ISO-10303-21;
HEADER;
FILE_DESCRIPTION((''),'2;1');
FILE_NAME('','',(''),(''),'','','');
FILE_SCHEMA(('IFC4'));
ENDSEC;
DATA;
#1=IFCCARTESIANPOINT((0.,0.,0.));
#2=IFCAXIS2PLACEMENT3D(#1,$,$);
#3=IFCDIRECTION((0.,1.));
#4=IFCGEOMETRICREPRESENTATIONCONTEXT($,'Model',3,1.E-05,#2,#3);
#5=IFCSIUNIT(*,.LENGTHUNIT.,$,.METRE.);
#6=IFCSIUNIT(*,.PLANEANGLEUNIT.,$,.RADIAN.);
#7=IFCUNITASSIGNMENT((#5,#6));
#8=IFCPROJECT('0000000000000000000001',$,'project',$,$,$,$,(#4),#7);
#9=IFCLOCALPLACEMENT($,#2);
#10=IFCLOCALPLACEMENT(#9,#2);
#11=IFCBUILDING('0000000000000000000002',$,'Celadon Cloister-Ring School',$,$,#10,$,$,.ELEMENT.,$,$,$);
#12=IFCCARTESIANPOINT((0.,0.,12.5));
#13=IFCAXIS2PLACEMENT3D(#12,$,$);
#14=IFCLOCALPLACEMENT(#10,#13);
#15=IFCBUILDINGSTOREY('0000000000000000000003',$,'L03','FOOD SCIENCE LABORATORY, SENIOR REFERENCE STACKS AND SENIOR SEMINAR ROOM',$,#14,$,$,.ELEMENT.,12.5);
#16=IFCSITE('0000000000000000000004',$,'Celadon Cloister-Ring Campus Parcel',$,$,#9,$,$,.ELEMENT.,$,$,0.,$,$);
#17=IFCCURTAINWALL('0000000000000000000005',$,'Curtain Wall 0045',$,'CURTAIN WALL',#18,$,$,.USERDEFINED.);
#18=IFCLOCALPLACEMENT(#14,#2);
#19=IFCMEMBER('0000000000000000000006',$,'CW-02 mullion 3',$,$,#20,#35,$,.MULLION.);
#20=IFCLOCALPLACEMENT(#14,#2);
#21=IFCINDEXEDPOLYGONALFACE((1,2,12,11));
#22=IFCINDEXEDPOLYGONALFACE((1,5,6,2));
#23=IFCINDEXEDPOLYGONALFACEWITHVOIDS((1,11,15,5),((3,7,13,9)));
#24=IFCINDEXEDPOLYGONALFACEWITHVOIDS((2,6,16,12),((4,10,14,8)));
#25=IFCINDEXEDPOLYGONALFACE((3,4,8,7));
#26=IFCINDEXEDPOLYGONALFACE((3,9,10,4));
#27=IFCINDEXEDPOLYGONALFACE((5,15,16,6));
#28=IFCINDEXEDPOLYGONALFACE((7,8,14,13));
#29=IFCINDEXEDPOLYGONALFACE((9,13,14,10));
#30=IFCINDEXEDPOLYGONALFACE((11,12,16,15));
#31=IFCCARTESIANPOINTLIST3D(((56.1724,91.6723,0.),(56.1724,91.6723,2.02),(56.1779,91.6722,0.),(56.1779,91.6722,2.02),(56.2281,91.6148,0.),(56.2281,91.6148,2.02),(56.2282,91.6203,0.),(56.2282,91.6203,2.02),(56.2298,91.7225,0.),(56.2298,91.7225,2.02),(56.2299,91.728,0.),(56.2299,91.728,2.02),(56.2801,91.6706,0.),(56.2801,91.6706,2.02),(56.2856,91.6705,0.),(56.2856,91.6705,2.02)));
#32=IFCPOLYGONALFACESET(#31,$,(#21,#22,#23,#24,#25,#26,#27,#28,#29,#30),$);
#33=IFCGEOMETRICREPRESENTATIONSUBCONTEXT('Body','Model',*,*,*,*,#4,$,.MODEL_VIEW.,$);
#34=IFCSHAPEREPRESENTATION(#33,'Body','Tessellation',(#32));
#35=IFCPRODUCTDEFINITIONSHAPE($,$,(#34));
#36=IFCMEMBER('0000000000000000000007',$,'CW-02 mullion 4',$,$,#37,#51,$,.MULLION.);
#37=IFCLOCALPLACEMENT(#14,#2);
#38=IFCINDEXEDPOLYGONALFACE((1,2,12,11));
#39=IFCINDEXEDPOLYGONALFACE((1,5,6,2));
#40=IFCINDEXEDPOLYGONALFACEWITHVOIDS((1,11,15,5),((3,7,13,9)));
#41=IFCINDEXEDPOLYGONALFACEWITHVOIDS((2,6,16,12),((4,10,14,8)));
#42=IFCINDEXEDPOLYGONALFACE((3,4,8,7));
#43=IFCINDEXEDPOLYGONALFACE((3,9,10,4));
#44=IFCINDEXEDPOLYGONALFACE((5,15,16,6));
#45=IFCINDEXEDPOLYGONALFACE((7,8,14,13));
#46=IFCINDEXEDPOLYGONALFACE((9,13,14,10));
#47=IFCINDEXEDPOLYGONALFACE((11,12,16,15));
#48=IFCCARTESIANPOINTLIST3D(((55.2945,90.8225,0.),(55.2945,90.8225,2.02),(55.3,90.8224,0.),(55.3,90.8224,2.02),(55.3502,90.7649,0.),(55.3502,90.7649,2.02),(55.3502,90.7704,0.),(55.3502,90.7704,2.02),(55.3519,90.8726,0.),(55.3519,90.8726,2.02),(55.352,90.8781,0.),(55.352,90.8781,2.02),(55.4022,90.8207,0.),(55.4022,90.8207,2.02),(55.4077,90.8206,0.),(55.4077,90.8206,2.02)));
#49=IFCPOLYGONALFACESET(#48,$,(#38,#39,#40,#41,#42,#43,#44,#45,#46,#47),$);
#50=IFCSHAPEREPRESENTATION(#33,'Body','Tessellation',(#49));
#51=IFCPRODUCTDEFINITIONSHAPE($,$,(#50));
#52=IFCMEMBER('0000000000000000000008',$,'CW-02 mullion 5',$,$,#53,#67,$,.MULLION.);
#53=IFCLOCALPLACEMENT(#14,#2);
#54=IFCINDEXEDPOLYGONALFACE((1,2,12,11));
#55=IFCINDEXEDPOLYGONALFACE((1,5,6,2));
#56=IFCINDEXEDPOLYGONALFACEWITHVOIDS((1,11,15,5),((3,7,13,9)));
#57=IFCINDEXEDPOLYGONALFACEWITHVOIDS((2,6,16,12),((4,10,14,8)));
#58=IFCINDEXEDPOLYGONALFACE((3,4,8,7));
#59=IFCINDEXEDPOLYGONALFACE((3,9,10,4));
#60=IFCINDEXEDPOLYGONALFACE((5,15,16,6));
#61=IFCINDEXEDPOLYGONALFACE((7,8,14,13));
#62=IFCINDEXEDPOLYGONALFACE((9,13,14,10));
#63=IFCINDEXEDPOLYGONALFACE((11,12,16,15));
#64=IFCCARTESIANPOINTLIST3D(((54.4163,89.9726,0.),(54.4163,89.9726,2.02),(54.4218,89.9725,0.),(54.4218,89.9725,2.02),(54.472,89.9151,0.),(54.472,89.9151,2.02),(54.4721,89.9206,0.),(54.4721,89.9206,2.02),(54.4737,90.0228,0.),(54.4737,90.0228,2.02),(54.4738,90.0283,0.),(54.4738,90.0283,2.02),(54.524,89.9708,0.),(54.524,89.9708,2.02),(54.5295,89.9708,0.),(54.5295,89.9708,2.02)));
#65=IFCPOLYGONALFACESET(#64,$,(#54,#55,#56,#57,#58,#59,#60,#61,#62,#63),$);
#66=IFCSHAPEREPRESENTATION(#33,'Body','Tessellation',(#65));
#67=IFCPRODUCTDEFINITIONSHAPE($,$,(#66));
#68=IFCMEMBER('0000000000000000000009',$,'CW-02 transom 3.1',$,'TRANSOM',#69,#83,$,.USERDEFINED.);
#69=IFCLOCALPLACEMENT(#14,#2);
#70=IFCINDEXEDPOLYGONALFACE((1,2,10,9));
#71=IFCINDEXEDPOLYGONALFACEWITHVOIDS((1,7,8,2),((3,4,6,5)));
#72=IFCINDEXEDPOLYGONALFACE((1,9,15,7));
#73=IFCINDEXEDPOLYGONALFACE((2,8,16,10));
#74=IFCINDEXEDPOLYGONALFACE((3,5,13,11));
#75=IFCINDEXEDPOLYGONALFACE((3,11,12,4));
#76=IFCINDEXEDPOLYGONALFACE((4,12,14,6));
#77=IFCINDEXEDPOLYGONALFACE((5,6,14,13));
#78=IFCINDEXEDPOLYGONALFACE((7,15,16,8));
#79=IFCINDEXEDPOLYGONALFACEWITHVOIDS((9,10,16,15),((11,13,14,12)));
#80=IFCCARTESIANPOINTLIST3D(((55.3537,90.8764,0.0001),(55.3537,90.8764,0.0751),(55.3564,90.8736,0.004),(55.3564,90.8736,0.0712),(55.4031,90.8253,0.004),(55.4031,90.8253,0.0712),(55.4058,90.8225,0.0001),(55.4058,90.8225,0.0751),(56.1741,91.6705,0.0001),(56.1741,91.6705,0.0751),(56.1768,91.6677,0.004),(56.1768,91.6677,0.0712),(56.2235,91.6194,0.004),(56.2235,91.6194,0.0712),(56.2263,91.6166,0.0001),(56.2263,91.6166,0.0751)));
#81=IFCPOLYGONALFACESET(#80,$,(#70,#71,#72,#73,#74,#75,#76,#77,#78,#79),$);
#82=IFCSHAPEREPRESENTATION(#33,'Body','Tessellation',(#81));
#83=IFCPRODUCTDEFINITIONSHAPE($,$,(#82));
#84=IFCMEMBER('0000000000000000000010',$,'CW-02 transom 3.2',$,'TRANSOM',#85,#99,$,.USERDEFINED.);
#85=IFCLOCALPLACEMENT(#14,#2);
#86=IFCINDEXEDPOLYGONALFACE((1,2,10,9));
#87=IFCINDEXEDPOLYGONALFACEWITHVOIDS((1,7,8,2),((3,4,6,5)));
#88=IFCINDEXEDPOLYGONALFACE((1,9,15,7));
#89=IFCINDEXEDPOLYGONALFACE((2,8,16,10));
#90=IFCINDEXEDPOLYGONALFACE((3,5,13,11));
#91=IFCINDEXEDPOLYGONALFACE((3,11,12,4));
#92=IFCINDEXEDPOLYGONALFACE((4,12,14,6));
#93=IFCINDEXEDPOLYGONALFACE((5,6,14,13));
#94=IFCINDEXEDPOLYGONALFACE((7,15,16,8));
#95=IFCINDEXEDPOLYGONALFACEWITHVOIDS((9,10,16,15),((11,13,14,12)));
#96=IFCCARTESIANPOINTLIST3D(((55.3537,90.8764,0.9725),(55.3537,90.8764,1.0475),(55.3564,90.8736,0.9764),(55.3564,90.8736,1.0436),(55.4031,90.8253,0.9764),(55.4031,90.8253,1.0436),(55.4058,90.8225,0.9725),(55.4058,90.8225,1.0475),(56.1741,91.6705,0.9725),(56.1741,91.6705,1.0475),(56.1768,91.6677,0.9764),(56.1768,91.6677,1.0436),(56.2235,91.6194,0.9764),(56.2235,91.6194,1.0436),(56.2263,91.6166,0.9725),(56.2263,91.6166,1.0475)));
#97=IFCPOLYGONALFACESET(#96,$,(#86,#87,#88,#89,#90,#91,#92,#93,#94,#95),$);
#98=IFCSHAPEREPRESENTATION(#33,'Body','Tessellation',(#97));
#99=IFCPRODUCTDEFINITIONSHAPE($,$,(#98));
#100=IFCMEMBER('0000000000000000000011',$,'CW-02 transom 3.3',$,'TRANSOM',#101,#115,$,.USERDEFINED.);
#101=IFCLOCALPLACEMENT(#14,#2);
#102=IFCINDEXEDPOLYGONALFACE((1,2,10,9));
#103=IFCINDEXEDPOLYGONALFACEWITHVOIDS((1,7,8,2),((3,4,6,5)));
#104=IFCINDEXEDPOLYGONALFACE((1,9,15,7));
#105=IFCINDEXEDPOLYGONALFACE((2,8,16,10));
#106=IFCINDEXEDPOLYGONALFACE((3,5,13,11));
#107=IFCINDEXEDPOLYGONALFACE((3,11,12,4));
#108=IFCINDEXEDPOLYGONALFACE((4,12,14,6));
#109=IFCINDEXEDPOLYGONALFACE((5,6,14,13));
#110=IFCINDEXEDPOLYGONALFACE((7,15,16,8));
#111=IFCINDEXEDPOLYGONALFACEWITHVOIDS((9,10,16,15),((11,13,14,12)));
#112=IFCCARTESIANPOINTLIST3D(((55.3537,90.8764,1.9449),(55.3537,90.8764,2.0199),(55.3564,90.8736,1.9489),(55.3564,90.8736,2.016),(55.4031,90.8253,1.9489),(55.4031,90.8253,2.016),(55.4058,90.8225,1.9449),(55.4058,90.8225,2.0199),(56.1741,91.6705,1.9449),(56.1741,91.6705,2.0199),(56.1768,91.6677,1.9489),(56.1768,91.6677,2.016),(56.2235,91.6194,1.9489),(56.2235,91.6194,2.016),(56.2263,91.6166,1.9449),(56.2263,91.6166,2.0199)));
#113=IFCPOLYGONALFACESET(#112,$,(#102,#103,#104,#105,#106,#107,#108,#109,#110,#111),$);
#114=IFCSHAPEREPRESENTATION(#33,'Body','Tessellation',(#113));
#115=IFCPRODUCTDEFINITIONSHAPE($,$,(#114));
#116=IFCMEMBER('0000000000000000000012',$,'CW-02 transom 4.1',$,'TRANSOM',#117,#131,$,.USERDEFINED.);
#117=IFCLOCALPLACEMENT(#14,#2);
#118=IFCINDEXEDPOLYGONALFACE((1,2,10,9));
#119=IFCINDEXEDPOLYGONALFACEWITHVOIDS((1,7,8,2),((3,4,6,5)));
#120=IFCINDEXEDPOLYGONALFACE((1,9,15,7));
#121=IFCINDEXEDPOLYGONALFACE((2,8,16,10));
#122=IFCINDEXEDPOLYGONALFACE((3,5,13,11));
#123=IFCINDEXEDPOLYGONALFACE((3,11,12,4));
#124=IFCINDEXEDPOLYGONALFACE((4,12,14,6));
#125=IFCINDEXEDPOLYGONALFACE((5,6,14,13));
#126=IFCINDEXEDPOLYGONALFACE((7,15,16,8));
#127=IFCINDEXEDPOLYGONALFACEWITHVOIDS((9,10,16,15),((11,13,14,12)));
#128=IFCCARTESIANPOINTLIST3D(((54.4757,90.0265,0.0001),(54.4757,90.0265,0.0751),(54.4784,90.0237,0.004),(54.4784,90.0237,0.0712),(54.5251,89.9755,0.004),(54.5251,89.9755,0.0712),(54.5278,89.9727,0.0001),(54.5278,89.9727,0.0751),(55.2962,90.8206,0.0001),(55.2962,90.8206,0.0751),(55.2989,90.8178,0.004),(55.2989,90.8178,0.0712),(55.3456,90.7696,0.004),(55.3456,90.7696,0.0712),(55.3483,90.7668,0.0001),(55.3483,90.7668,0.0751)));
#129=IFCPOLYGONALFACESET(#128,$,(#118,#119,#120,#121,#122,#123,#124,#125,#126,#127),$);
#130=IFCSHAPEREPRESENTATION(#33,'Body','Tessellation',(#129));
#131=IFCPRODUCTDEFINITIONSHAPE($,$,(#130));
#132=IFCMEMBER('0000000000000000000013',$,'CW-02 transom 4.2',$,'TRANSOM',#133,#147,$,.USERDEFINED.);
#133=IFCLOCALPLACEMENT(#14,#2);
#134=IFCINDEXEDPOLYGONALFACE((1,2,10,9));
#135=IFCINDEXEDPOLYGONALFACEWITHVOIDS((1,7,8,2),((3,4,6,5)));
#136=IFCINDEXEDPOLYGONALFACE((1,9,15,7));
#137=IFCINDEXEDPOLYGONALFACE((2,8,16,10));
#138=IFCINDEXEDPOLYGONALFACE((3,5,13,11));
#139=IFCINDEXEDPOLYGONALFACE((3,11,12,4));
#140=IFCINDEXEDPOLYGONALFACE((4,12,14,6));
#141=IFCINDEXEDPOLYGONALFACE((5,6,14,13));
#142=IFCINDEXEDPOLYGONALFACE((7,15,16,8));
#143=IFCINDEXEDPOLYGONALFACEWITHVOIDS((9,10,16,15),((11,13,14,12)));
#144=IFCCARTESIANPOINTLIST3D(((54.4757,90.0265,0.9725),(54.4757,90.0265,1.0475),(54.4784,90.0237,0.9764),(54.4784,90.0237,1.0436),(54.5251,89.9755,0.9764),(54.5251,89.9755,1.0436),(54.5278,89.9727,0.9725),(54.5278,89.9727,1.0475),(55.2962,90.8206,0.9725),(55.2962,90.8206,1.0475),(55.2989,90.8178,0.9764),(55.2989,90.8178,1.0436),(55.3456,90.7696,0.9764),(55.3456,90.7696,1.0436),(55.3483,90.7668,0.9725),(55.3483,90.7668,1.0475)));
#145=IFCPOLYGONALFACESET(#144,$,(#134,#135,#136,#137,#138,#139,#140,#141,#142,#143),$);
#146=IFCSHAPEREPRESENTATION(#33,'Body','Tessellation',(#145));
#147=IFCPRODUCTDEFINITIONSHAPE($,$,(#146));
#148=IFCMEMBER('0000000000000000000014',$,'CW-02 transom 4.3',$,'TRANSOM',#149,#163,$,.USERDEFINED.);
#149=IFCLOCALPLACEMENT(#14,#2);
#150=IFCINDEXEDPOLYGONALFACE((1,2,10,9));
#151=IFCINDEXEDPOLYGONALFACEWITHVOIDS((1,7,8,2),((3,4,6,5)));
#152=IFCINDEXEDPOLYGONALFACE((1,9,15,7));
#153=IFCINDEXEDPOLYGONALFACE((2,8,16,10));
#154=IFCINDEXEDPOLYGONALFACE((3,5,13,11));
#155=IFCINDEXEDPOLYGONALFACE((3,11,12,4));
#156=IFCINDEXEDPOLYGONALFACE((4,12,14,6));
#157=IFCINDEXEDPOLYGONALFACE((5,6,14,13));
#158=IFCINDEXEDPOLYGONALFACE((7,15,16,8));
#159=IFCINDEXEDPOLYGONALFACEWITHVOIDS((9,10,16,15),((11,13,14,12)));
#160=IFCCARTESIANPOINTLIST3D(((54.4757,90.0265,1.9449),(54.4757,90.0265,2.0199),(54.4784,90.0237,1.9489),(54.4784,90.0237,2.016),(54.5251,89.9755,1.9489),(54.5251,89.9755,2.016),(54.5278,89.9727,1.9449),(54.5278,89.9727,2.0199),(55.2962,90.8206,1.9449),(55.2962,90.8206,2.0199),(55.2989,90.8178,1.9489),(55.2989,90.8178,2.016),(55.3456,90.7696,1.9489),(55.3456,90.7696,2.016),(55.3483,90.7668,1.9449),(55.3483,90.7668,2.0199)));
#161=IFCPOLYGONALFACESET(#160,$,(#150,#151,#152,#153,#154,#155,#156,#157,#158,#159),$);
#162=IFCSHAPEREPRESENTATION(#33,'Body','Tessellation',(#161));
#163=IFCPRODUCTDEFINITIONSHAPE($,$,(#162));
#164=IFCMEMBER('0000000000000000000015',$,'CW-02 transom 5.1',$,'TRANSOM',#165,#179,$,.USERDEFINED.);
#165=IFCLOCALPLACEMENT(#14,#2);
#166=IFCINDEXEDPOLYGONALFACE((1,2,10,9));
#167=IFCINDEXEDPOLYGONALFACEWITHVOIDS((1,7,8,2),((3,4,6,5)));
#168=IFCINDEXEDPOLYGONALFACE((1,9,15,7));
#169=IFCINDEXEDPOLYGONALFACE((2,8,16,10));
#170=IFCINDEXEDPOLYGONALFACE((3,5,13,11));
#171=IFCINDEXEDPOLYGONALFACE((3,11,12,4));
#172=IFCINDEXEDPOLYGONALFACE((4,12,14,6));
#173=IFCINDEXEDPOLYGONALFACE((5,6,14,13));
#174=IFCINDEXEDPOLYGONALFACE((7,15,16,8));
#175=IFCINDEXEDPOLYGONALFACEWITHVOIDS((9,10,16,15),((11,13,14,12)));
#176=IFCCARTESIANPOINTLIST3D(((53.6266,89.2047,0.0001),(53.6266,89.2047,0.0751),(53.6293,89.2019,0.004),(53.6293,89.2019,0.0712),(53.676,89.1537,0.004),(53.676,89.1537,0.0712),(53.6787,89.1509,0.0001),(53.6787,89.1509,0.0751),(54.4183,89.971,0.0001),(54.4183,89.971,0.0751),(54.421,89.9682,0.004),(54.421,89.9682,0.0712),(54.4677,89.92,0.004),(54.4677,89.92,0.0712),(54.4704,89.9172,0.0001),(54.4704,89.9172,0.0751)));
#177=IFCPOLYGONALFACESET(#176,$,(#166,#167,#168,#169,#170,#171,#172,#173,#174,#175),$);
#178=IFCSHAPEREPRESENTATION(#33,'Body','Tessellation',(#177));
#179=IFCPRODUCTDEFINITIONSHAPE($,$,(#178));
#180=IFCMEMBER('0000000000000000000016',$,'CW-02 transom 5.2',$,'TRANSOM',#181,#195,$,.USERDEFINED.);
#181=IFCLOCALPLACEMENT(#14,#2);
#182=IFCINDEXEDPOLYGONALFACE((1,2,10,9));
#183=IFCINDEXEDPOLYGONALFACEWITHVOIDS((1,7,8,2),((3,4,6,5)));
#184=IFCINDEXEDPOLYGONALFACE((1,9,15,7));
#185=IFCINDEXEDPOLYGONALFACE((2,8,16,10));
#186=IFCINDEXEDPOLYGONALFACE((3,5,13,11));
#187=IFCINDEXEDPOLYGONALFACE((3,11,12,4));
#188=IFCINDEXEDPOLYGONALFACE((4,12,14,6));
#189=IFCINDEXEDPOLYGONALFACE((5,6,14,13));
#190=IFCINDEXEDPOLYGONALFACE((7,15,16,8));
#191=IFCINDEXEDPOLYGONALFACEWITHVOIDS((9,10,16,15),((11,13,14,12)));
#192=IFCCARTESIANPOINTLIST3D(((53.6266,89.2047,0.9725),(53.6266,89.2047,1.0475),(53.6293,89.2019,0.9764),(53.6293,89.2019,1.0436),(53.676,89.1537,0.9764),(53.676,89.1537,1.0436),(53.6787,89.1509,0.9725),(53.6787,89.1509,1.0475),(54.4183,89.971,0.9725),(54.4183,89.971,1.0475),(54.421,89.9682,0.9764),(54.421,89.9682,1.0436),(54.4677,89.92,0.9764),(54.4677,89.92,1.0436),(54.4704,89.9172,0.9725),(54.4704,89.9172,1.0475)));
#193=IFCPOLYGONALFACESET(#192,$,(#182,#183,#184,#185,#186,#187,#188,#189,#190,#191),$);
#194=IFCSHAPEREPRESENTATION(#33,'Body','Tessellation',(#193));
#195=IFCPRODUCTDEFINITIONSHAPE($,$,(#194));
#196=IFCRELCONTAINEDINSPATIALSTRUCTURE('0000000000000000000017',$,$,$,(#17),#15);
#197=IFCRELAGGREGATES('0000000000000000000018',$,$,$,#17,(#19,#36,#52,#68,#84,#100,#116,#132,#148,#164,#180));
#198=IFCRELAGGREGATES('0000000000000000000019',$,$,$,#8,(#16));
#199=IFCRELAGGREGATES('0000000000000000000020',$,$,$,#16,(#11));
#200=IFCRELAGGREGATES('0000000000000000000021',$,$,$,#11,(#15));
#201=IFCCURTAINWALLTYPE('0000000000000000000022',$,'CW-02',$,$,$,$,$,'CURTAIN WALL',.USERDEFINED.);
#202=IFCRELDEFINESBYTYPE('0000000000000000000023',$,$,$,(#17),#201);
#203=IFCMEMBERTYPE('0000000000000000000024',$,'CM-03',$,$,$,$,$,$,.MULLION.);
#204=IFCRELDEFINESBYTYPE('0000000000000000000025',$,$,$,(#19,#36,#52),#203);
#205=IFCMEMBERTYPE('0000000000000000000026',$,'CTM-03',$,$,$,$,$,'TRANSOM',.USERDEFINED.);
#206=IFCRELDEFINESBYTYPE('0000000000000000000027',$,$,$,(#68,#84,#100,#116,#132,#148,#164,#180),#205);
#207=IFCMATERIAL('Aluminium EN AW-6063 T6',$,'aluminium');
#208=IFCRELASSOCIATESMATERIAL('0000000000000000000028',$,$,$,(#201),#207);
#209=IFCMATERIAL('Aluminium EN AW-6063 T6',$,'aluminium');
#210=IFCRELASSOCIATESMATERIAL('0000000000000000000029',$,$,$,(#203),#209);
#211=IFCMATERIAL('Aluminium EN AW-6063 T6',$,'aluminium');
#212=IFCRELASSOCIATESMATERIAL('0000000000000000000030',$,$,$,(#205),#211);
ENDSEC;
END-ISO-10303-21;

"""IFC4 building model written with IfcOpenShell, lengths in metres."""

from ifc_helpers import new_model, si_unit, direction, frame, origin, origin_2d, place, context, subcontext, project, spatial, hollow_rectangle, extrude, material, material_profile, profile_set, type_object, element, aggregate, save


model = new_model("IFC4")

# Units and contexts
model_context = context("Model", 3, precision=1e-05, world=origin(), true_north=direction((0.0, 1.0)))
body_context = subcontext(model_context, "Body", "Model", "MODEL_VIEW")
ifc_project = project(units=[si_unit("LENGTHUNIT", "METRE"), si_unit("PLANEANGLEUNIT", "RADIAN")], contexts=[model_context])

# Site, building, storey
site_placement = place(None, origin())
site = spatial("IfcSite", under=ifc_project, at=site_placement, Name="Celadon Cloister-Ring Campus Parcel", CompositionType="ELEMENT", RefElevation=0.0)
building_placement = place(site_placement, origin())
building = spatial("IfcBuilding", under=site, at=building_placement, Name="Celadon Cloister-Ring School", CompositionType="ELEMENT")
storey_placement = place(building_placement, frame((0.0, 0.0, 12.5)))
storey = spatial("IfcBuildingStorey", under=building, at=storey_placement, Name="L03", Description="FOOD SCIENCE LABORATORY, SENIOR REFERENCE STACKS AND SENIOR SEMINAR ROOM", CompositionType="ELEMENT", Elevation=12.5)

# Curtain wall, members
ifc_material_1 = material(Name="Aluminium EN AW-6063 T6", Category="aluminium")
curtain_wall_type = type_object("IfcCurtainWallType", Name="CW-02", ElementType="CURTAIN WALL", PredefinedType="USERDEFINED", material=ifc_material_1)
curtain_wall_placement = place(storey_placement, origin())
curtain_wall = element("IfcCurtainWall", 1, at=curtain_wall_placement, inside=storey, type_object=curtain_wall_type, Name="Curtain Wall 0045", ObjectType="CURTAIN WALL", PredefinedType="USERDEFINED")
ifc_material_2 = material(Name="Aluminium EN AW-6063 T6", Category="aluminium")
ifc_material_profile_1 = material_profile(ifc_material_2, hollow_rectangle(XDim=0.0801, YDim=0.0801, WallThickness=0.0039, at=origin_2d()), Name="RHS80X80X4")
ifc_profile_set_1 = profile_set([ifc_material_profile_1], Name="Aluminium EN AW-6063 T6")
member_type_1 = type_object("IfcMemberType", Name="CM-03", PredefinedType="MULLION", material=ifc_profile_set_1)
member_1_placement = place(storey_placement, frame((56.229, 91.6714, 0.0), z_axis=(0.0, 0.0, 1.0), x_axis=(0.695473, -0.718552, 0.0)))
member_1 = element("IfcMember", 2, at=member_1_placement, type_object=member_type_1, Name="CW-02 mullion 3", PredefinedType="MULLION", context=body_context, shape_type="SweptSolid", body=[
    extrude(hollow_rectangle(XDim=0.0801, YDim=0.0801, WallThickness=0.0039, at=origin_2d()), origin(), (0.0, 0.0, 1.0), 2.02),
])
member_2_placement = place(storey_placement, frame((55.3511, 90.8215, 0.0), z_axis=(0.0, 0.0, 1.0), x_axis=(0.695473, -0.718552, 0.0)))
member_2 = element("IfcMember", 3, at=member_2_placement, type_object=member_type_1, Name="CW-02 mullion 4", PredefinedType="MULLION", context=body_context, shape_type="SweptSolid", body=[
    extrude(hollow_rectangle(XDim=0.0801, YDim=0.0801, WallThickness=0.0039, at=origin_2d()), origin(), (0.0, 0.0, 1.0), 2.02),
])
member_3_placement = place(storey_placement, frame((54.4729, 89.9717, 0.0), z_axis=(0.0, 0.0, 1.0), x_axis=(0.695473, -0.718552, 0.0)))
member_3 = element("IfcMember", 4, at=member_3_placement, type_object=member_type_1, Name="CW-02 mullion 5", PredefinedType="MULLION", context=body_context, shape_type="SweptSolid", body=[
    extrude(hollow_rectangle(XDim=0.0801, YDim=0.0801, WallThickness=0.0039, at=origin_2d()), origin(), (0.0, 0.0, 1.0), 2.02),
])
ifc_material_3 = material(Name="Aluminium EN AW-6063 T6", Category="aluminium")
ifc_material_profile_2 = material_profile(ifc_material_3, hollow_rectangle(XDim=0.075, YDim=0.075, WallThickness=0.0039, at=origin_2d()), Name="RHS75X75X4")
ifc_profile_set_2 = profile_set([ifc_material_profile_2], Name="Aluminium EN AW-6063 T6")
member_type_2 = type_object("IfcMemberType", Name="CTM-03", ElementType="TRANSOM", PredefinedType="USERDEFINED", material=ifc_profile_set_2)
member_4_placement = place(storey_placement, frame((56.2002, 91.6436, 0.0376), z_axis=(-0.718557, -0.695468, 0.0), x_axis=(0.695468, -0.718557, 0.0)))
member_4 = element("IfcMember", 5, at=member_4_placement, type_object=member_type_2, Name="CW-02 transom 3.1", ObjectType="TRANSOM", PredefinedType="USERDEFINED", context=body_context, shape_type="SweptSolid", body=[
    extrude(hollow_rectangle(XDim=0.075, YDim=0.075, WallThickness=0.0039, at=origin_2d()), origin(), (0.0, 0.0, 1.0), 1.1418),
])
member_5_placement = place(storey_placement, frame((56.2002, 91.6436, 1.01), z_axis=(-0.718557, -0.695468, 0.0), x_axis=(0.695468, -0.718557, 0.0)))
member_5 = element("IfcMember", 6, at=member_5_placement, type_object=member_type_2, Name="CW-02 transom 3.2", ObjectType="TRANSOM", PredefinedType="USERDEFINED", context=body_context, shape_type="SweptSolid", body=[
    extrude(hollow_rectangle(XDim=0.075, YDim=0.075, WallThickness=0.0039, at=origin_2d()), origin(), (0.0, 0.0, 1.0), 1.1418),
])
member_6_placement = place(storey_placement, frame((56.2002, 91.6436, 1.9824), z_axis=(-0.718557, -0.695468, 0.0), x_axis=(0.695468, -0.718557, 0.0)))
member_6 = element("IfcMember", 7, at=member_6_placement, type_object=member_type_2, Name="CW-02 transom 3.3", ObjectType="TRANSOM", PredefinedType="USERDEFINED", context=body_context, shape_type="SweptSolid", body=[
    extrude(hollow_rectangle(XDim=0.075, YDim=0.075, WallThickness=0.0039, at=origin_2d()), origin(), (0.0, 0.0, 1.0), 1.1418),
])
member_7_placement = place(storey_placement, frame((55.3223, 90.7937, 0.0376), z_axis=(-0.718557, -0.695468, 0.0), x_axis=(0.695468, -0.718557, 0.0)))
member_7 = element("IfcMember", 8, at=member_7_placement, type_object=member_type_2, Name="CW-02 transom 4.1", ObjectType="TRANSOM", PredefinedType="USERDEFINED", context=body_context, shape_type="SweptSolid", body=[
    extrude(hollow_rectangle(XDim=0.075, YDim=0.075, WallThickness=0.0039, at=origin_2d()), origin(), (0.0, 0.0, 1.0), 1.1418),
])
member_8_placement = place(storey_placement, frame((55.3223, 90.7937, 1.01), z_axis=(-0.718557, -0.695468, 0.0), x_axis=(0.695468, -0.718557, 0.0)))
member_8 = element("IfcMember", 9, at=member_8_placement, type_object=member_type_2, Name="CW-02 transom 4.2", ObjectType="TRANSOM", PredefinedType="USERDEFINED", context=body_context, shape_type="SweptSolid", body=[
    extrude(hollow_rectangle(XDim=0.075, YDim=0.075, WallThickness=0.0039, at=origin_2d()), origin(), (0.0, 0.0, 1.0), 1.1418),
])
member_9_placement = place(storey_placement, frame((55.3223, 90.7937, 1.9824), z_axis=(-0.718557, -0.695468, 0.0), x_axis=(0.695468, -0.718557, 0.0)))
member_9 = element("IfcMember", 10, at=member_9_placement, type_object=member_type_2, Name="CW-02 transom 4.3", ObjectType="TRANSOM", PredefinedType="USERDEFINED", context=body_context, shape_type="SweptSolid", body=[
    extrude(hollow_rectangle(XDim=0.075, YDim=0.075, WallThickness=0.0039, at=origin_2d()), origin(), (0.0, 0.0, 1.0), 1.1418),
])
member_10_placement = place(storey_placement, frame((54.4443, 89.9441, 0.0376), z_axis=(-0.718534, -0.695492, 0.0), x_axis=(0.695492, -0.718534, 0.0)))
member_10 = element("IfcMember", 11, at=member_10_placement, type_object=member_type_2, Name="CW-02 transom 5.1", ObjectType="TRANSOM", PredefinedType="USERDEFINED", context=body_context, shape_type="SweptSolid", body=[
    extrude(hollow_rectangle(XDim=0.075, YDim=0.075, WallThickness=0.0039, at=origin_2d()), origin(), (0.0, 0.0, 1.0), 1.1018),
])
member_11_placement = place(storey_placement, frame((54.4443, 89.9441, 1.01), z_axis=(-0.718534, -0.695492, 0.0), x_axis=(0.695492, -0.718534, 0.0)))
member_11 = element("IfcMember", 12, at=member_11_placement, type_object=member_type_2, Name="CW-02 transom 5.2", ObjectType="TRANSOM", PredefinedType="USERDEFINED", context=body_context, shape_type="SweptSolid", body=[
    extrude(hollow_rectangle(XDim=0.075, YDim=0.075, WallThickness=0.0039, at=origin_2d()), origin(), (0.0, 0.0, 1.0), 1.1018),
])

aggregate(curtain_wall, [member_1, member_2, member_3, member_4, member_5, member_6, member_7, member_8, member_9, member_10, member_11])

save(model, "model.ifc")
